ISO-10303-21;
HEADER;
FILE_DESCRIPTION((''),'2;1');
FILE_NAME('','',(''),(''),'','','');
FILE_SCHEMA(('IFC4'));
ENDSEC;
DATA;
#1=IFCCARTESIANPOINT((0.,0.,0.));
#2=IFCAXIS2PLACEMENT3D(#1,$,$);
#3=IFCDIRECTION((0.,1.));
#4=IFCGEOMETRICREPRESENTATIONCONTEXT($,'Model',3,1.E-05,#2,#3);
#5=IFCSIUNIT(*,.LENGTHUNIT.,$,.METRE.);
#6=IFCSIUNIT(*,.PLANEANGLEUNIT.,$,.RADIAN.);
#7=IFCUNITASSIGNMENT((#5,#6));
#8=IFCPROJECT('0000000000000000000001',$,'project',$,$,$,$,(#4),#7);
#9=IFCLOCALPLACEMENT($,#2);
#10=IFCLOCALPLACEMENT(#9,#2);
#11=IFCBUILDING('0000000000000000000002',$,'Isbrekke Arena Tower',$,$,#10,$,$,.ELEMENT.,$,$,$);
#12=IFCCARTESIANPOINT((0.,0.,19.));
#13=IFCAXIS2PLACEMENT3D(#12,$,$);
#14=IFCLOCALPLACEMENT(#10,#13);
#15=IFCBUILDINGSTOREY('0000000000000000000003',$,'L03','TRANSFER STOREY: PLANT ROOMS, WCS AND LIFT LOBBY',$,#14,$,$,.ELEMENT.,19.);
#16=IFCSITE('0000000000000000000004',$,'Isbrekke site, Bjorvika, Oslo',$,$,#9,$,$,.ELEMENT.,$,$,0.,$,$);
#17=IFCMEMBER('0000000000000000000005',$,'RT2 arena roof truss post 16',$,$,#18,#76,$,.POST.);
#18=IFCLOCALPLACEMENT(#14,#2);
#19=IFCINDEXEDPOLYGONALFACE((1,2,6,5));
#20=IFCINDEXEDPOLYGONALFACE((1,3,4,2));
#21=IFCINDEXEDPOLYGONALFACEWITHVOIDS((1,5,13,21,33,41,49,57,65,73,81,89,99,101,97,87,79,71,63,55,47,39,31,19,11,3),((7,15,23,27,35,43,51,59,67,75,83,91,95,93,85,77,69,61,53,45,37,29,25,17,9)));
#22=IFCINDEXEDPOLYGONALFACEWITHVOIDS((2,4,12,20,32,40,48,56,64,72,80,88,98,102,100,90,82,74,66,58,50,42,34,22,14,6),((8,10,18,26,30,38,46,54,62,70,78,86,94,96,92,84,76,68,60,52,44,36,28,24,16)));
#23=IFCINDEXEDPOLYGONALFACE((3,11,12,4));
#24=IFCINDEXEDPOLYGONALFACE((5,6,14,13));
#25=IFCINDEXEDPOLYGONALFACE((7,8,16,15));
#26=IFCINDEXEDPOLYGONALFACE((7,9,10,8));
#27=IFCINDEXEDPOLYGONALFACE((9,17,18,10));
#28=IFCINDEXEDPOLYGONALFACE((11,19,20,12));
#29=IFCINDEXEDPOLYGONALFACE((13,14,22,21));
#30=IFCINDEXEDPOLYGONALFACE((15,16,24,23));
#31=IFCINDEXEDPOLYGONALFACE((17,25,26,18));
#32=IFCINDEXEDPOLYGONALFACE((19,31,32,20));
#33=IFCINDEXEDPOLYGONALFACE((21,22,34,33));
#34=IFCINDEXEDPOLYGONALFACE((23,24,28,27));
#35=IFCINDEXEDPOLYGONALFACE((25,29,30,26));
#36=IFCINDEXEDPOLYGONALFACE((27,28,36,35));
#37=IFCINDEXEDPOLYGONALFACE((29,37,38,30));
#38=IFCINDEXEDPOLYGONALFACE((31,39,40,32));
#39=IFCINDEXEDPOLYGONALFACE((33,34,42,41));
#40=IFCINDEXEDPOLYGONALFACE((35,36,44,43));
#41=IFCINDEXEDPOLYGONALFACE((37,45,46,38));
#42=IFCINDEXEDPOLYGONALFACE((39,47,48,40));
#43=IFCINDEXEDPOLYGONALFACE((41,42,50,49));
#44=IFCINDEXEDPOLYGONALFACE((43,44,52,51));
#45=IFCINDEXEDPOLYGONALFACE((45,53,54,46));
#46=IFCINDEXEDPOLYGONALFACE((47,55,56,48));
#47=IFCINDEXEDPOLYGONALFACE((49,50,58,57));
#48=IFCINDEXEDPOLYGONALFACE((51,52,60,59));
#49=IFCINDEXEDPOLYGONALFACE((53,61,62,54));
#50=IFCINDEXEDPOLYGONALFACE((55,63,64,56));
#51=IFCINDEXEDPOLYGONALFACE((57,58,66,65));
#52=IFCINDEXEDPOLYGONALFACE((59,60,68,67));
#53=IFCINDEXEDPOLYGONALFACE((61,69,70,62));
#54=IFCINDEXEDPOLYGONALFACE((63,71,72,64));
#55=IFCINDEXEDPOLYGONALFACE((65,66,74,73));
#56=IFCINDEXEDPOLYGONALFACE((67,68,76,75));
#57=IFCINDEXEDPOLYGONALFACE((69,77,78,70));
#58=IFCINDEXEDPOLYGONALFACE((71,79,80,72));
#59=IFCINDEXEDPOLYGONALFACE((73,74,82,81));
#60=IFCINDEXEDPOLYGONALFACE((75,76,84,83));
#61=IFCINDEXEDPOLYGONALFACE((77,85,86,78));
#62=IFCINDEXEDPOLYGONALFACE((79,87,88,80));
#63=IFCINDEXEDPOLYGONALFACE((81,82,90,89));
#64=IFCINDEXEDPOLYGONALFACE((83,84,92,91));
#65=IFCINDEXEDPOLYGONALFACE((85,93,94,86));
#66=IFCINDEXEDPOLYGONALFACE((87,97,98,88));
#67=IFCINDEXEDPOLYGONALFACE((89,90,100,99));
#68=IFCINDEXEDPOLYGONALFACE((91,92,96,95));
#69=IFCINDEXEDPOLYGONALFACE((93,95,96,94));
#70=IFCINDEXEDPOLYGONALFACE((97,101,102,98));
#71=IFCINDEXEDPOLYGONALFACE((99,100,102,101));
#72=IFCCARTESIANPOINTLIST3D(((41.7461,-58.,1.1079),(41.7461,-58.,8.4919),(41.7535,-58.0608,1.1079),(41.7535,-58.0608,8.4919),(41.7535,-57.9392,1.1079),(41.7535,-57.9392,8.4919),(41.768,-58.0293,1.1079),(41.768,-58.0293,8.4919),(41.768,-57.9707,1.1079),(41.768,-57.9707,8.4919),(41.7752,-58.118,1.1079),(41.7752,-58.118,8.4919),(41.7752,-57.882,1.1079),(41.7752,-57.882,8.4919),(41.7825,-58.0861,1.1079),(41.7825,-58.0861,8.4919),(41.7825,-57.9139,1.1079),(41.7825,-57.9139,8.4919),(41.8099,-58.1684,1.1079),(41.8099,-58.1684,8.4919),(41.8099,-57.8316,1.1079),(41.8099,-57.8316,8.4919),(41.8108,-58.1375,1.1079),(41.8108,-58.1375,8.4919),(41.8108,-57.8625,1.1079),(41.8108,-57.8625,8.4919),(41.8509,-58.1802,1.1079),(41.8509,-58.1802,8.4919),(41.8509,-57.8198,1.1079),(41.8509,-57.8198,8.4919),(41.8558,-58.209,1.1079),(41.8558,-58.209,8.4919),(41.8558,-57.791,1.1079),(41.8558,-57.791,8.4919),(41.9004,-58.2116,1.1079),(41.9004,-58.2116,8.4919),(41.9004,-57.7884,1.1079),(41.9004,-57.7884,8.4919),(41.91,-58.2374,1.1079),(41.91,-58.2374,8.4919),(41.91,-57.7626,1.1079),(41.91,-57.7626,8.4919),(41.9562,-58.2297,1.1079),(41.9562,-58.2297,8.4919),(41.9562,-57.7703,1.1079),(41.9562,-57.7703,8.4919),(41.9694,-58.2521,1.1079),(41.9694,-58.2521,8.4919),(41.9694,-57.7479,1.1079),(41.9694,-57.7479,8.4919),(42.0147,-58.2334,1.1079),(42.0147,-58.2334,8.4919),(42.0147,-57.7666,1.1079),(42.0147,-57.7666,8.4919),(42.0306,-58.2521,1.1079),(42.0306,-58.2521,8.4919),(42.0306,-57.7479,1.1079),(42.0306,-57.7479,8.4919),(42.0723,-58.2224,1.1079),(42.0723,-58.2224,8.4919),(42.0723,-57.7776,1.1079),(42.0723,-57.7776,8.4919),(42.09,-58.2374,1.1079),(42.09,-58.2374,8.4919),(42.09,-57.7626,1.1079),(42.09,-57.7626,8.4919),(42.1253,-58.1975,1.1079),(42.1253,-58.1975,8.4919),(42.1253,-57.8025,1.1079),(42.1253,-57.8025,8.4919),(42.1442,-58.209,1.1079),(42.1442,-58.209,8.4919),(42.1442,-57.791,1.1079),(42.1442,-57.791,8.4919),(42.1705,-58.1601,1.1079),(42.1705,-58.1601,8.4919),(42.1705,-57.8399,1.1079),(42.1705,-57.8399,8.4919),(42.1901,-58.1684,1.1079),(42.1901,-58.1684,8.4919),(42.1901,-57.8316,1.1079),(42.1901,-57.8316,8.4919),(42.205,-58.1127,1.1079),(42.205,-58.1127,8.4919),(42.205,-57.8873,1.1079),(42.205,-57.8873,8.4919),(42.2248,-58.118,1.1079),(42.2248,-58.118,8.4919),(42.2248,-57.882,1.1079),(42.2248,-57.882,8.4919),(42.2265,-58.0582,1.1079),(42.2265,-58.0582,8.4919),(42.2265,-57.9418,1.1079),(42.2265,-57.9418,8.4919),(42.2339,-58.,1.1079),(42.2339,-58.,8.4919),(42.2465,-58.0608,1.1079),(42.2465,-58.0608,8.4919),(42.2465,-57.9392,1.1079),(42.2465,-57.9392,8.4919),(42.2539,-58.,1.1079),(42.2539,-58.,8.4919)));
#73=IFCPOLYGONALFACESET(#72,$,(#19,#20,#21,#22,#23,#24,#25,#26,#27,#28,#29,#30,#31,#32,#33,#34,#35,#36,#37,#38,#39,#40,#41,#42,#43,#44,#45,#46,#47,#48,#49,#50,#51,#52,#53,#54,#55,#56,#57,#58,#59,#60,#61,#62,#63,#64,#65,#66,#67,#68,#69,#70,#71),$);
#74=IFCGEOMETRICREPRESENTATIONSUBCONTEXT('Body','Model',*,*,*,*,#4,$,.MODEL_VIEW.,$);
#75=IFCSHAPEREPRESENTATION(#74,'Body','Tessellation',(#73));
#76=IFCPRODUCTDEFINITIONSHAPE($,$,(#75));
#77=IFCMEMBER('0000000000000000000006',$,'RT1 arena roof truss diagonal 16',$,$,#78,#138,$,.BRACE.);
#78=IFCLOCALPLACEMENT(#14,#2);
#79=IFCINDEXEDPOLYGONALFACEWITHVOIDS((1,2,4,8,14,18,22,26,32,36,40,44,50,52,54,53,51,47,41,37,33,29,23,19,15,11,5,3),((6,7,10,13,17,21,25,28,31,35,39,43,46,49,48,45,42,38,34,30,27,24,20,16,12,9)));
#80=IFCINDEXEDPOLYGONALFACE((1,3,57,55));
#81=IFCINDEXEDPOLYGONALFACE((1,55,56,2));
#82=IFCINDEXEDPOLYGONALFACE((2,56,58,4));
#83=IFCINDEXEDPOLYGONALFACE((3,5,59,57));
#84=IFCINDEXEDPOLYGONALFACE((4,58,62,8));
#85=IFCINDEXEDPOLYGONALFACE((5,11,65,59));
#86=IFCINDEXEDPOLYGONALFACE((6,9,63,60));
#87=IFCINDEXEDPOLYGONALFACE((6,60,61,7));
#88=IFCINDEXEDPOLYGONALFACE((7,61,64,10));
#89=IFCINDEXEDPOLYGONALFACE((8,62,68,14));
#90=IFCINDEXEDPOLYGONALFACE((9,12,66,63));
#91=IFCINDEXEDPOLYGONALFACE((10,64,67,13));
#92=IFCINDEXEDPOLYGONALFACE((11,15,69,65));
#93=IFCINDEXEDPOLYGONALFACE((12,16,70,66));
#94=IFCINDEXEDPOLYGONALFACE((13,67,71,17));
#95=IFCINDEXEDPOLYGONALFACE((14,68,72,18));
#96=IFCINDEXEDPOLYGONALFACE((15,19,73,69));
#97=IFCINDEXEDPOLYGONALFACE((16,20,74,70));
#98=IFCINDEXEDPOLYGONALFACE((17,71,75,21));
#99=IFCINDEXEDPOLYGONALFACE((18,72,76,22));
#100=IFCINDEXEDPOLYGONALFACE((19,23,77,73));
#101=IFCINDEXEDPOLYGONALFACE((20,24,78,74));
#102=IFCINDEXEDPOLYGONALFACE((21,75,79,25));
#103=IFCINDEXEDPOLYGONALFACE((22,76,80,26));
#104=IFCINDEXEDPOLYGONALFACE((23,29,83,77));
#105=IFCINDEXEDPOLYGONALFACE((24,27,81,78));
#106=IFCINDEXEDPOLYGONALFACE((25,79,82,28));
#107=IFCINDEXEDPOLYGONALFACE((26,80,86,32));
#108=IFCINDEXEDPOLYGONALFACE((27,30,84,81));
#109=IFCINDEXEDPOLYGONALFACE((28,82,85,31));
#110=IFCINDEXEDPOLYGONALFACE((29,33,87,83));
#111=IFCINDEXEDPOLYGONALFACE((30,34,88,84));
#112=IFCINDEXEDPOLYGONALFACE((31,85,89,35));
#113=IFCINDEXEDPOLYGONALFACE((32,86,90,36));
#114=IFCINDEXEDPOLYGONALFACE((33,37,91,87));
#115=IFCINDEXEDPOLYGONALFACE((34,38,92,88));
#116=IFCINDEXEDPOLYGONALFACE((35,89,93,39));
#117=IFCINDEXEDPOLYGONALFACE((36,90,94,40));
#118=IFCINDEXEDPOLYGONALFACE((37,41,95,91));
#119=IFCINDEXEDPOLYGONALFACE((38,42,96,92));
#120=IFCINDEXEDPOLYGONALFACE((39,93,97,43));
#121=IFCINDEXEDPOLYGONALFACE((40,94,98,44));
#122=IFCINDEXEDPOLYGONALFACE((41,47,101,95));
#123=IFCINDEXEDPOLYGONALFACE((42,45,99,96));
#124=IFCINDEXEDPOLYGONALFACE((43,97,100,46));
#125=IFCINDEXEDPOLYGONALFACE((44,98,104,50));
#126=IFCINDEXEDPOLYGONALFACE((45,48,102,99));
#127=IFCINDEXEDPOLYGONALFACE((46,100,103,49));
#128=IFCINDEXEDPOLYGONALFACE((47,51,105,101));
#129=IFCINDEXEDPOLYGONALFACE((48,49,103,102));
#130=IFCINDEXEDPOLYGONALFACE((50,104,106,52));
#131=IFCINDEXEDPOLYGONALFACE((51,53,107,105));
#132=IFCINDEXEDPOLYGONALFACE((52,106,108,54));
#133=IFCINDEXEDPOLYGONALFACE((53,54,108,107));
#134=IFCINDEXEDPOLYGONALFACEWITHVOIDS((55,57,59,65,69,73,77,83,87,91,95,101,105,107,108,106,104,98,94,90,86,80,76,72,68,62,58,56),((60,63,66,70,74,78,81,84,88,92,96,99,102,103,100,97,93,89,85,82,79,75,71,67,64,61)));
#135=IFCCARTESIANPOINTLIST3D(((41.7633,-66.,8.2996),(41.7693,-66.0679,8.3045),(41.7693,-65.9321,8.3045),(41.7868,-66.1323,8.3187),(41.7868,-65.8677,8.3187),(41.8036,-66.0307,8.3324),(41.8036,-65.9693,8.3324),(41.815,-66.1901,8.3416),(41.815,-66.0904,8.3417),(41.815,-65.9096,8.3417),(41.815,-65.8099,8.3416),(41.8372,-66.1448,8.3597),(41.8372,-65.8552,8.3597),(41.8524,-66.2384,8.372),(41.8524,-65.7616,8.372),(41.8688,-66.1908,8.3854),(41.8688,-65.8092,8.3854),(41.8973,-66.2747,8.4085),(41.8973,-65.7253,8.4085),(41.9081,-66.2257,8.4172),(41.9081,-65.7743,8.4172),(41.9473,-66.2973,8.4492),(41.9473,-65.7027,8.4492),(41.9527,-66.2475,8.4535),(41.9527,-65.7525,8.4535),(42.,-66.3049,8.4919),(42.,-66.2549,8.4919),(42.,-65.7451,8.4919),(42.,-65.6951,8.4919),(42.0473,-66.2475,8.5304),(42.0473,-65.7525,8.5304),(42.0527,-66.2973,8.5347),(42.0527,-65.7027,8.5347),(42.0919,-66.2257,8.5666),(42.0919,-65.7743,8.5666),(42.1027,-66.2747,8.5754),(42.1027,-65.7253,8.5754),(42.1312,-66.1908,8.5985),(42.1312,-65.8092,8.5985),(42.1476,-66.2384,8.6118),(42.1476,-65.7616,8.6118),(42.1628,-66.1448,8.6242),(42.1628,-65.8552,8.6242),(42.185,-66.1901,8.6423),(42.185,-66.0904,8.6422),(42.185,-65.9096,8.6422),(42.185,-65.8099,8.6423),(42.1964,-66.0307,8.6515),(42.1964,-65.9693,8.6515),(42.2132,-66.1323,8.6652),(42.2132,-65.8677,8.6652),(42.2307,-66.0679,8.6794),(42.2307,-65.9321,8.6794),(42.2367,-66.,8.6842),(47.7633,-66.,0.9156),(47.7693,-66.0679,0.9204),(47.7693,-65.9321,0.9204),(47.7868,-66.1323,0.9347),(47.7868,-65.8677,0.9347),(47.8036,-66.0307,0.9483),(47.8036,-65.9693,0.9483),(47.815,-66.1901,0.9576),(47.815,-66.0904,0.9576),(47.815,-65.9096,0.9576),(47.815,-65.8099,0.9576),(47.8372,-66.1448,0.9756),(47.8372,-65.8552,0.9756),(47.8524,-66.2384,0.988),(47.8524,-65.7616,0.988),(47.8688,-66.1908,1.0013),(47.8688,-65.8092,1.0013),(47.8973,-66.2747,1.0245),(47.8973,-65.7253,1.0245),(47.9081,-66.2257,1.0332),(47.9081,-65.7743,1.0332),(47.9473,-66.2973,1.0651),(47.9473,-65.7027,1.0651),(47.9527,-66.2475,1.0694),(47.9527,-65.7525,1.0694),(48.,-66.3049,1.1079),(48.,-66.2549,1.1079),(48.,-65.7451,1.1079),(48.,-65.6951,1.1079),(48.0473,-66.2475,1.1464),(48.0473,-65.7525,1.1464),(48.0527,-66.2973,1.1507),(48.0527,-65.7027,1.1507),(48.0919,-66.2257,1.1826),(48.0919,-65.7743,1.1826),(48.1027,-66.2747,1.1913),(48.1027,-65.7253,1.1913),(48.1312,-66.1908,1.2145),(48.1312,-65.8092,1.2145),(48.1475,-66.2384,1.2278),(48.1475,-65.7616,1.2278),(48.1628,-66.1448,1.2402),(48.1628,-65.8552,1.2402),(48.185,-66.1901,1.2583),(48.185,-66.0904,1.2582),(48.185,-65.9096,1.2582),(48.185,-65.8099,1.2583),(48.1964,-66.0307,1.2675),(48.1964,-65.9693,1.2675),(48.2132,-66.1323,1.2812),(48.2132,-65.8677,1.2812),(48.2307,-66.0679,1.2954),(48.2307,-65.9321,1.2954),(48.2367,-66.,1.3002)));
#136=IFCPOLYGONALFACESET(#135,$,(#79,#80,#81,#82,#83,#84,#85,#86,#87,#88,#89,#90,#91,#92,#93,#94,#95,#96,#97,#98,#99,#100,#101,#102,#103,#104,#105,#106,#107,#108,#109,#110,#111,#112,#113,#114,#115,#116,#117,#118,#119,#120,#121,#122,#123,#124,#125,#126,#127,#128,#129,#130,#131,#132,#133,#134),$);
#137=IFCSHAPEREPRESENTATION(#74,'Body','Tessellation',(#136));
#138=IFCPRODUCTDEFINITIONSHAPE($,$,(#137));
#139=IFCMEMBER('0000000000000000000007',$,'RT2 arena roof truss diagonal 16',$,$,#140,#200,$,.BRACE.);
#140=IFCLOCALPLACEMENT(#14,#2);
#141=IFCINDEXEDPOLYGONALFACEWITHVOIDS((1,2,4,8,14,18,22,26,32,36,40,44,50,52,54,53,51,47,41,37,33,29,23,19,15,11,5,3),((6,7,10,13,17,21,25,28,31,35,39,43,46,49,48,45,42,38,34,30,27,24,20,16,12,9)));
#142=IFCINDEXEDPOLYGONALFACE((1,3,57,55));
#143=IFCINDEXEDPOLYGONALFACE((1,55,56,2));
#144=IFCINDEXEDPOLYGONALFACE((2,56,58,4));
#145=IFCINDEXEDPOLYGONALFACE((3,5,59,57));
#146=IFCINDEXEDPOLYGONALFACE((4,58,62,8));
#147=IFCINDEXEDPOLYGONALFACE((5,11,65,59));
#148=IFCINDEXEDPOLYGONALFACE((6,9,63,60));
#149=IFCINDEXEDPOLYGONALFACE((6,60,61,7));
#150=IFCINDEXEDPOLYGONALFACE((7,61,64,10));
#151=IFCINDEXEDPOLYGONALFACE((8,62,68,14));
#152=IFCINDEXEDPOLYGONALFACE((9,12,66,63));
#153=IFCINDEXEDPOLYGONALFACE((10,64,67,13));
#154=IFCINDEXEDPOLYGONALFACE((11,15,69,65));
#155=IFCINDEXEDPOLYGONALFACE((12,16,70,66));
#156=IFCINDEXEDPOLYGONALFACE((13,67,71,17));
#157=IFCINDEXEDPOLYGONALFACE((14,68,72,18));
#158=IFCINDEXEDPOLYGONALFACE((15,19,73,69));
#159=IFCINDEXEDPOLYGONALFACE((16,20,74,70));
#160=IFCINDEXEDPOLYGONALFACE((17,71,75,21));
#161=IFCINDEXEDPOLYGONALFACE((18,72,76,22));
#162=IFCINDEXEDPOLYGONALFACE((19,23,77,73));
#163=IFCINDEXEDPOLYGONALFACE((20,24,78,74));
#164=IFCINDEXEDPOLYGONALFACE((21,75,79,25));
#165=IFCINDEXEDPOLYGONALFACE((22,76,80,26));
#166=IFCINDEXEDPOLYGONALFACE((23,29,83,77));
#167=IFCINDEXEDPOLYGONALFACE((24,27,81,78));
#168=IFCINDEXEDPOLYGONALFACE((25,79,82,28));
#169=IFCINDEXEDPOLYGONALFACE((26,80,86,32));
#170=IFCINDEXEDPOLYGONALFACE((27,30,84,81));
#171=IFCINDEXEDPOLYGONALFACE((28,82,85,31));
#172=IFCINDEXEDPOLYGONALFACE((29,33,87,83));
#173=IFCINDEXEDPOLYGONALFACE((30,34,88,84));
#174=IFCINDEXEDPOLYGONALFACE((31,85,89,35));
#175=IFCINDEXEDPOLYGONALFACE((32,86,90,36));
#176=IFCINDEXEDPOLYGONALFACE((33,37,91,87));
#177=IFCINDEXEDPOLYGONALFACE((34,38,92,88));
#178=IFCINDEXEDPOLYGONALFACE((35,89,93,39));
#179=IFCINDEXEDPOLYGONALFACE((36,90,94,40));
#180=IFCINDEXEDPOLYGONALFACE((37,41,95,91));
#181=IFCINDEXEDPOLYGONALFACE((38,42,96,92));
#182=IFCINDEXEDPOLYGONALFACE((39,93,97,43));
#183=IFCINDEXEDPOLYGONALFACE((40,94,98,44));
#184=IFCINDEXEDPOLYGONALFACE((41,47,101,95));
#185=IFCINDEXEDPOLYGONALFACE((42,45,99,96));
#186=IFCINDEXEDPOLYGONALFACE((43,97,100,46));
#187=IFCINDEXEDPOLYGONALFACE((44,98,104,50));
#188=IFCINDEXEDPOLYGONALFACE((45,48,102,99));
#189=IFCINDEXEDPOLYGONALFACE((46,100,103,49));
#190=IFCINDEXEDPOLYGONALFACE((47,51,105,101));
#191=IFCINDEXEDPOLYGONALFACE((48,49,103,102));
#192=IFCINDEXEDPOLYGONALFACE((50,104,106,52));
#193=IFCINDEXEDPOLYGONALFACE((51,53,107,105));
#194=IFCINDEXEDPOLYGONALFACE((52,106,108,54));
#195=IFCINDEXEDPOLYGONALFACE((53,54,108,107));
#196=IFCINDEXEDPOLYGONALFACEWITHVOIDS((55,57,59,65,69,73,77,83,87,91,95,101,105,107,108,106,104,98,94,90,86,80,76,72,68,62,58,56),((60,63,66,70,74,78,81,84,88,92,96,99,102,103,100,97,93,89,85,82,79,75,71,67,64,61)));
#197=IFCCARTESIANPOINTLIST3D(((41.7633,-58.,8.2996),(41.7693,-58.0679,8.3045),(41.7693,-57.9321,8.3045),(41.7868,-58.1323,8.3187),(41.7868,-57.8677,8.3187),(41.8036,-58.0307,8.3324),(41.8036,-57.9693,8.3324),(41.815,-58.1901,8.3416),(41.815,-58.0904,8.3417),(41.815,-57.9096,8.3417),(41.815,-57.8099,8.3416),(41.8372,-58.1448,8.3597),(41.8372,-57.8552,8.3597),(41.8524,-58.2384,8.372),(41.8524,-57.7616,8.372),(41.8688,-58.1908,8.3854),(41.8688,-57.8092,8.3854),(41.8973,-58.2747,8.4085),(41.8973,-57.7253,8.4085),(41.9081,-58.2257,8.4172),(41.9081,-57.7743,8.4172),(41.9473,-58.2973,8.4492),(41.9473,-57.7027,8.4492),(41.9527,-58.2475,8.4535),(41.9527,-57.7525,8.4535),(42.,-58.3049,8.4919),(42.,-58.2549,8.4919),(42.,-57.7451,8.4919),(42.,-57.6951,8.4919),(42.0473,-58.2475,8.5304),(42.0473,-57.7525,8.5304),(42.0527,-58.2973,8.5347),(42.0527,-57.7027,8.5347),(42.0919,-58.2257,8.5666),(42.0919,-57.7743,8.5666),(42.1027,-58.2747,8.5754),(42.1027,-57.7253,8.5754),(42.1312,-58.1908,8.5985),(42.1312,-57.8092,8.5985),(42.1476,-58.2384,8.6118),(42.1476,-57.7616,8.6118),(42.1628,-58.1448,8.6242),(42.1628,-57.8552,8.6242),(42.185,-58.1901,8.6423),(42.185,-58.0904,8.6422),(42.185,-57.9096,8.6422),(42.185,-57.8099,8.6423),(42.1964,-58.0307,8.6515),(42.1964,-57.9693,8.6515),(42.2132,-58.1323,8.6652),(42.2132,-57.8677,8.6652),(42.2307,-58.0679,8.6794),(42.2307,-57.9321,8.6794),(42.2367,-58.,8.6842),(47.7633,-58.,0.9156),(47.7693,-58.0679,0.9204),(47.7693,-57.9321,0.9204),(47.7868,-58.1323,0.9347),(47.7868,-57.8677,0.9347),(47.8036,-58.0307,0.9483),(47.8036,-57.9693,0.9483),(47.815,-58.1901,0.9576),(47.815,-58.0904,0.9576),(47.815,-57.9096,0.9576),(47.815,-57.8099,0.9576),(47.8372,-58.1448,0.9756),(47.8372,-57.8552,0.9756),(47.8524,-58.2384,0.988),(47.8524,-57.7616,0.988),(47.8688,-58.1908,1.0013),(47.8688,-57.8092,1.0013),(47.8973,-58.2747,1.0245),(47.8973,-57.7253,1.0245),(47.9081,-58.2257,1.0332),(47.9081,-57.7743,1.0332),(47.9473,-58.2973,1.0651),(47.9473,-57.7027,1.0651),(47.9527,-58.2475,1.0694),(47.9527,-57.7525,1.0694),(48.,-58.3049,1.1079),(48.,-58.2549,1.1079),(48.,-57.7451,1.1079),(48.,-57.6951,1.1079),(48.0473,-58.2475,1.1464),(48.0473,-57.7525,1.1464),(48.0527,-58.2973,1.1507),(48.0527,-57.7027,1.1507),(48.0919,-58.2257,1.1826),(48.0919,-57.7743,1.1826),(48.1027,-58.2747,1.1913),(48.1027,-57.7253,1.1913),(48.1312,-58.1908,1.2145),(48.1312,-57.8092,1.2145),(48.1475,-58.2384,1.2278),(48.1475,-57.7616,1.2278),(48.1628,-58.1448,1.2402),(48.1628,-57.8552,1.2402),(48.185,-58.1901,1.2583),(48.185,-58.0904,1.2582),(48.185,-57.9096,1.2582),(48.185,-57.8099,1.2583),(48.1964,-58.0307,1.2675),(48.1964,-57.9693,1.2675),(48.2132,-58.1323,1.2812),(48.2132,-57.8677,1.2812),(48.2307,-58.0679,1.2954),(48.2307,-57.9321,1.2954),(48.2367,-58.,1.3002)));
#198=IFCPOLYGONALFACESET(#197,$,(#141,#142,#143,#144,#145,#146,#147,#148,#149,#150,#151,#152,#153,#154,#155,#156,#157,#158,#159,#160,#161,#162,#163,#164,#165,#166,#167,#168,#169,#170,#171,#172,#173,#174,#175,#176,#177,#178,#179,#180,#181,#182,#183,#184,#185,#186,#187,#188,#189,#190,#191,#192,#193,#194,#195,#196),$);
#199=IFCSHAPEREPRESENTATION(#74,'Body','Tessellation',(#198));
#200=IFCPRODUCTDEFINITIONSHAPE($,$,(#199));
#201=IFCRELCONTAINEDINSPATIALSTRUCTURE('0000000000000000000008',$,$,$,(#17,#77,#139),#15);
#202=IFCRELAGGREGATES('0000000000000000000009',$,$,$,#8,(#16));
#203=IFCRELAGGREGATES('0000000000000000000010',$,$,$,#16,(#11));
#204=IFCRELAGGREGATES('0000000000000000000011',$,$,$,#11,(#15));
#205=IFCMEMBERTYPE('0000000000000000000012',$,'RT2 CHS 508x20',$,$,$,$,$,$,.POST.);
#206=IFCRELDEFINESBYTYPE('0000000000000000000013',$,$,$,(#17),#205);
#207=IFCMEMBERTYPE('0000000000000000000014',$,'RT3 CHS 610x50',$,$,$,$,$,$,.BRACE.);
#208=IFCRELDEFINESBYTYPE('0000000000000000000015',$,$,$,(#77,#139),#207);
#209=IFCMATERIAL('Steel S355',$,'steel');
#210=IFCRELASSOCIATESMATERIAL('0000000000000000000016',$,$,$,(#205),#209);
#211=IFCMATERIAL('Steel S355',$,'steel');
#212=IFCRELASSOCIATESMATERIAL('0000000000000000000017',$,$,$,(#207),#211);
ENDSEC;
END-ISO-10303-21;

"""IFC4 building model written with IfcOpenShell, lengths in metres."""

from ifc_helpers import new_model, si_unit, direction, frame, origin, origin_2d, place, context, subcontext, project, spatial, hollow_circle, extrude, material, material_profile, profile_set, type_object, element, save


model = new_model("IFC4")

# Units and contexts
model_context = context("Model", 3, precision=1e-05, world=origin(), true_north=direction((0.0, 1.0)))
body_context = subcontext(model_context, "Body", "Model", "MODEL_VIEW")
ifc_project = project(units=[si_unit("LENGTHUNIT", "METRE"), si_unit("PLANEANGLEUNIT", "RADIAN")], contexts=[model_context])

# Site, building, storey
site_placement = place(None, origin())
site = spatial("IfcSite", under=ifc_project, at=site_placement, Name="Isbrekke site, Bjorvika, Oslo", CompositionType="ELEMENT", RefElevation=0.0)
building_placement = place(site_placement, origin())
building = spatial("IfcBuilding", under=site, at=building_placement, Name="Isbrekke Arena Tower", CompositionType="ELEMENT")
storey_placement = place(building_placement, frame((0.0, 0.0, 19.0)))
storey = spatial("IfcBuildingStorey", under=building, at=storey_placement, Name="L03", Description="TRANSFER STOREY: PLANT ROOMS, WCS AND LIFT LOBBY", CompositionType="ELEMENT", Elevation=19.0)

# Members
ifc_material_1 = material(Name="Steel S355", Category="steel")
ifc_material_profile_1 = material_profile(ifc_material_1, hollow_circle(Radius=0.2539, WallThickness=0.02, at=origin_2d()), Name="CHS 508x20")
ifc_profile_set_1 = profile_set([ifc_material_profile_1], Name="Steel S355")
member_type_1 = type_object("IfcMemberType", Name="RT2 CHS 508x20", PredefinedType="POST", material=ifc_profile_set_1)
for number, where, z_axis, x_axis, name in (
    (1, (42.0, -58.0, 1.1079), (0.0, 0.0, 1.0), (1.0, 0.0, 0.0), "RT2 arena roof truss post 16"),
):
    element("IfcMember", number, at=place(storey_placement, frame(where, z_axis=z_axis, x_axis=x_axis)), inside=storey, type_object=member_type_1, Name=name, PredefinedType="POST", context=body_context, shape_type="SweptSolid", body=[
        extrude(hollow_circle(Radius=0.2539, WallThickness=0.02, at=origin_2d()), origin(), (0.0, 0.0, 1.0), 7.384),
    ])
ifc_material_2 = material(Name="Steel S355", Category="steel")
ifc_material_profile_2 = material_profile(ifc_material_2, hollow_circle(Radius=0.3049, WallThickness=0.05, at=origin_2d()), Name="CHS 610x50")
ifc_profile_set_2 = profile_set([ifc_material_profile_2], Name="Steel S355")
member_type_2 = type_object("IfcMemberType", Name="RT3 CHS 610x50", PredefinedType="BRACE", material=ifc_profile_set_2)
for number, where, z_axis, x_axis, name in (
    (2, (42.0, -66.0, 8.4919), (0.630623, 0.0, -0.77609), (0.0, 1.0, 0.0), "RT1 arena roof truss diagonal 16"),
    (3, (42.0, -58.0, 8.4919), (0.630623, 0.0, -0.77609), (0.0, 1.0, 0.0), "RT2 arena roof truss diagonal 16"),
):
    element("IfcMember", number, at=place(storey_placement, frame(where, z_axis=z_axis, x_axis=x_axis)), inside=storey, type_object=member_type_2, Name=name, PredefinedType="BRACE", context=body_context, shape_type="SweptSolid", body=[
        extrude(hollow_circle(Radius=0.3049, WallThickness=0.05, at=origin_2d()), origin(), (0.0, 0.0, 1.0), 9.5144),
    ])

save(model, "model.ifc")
